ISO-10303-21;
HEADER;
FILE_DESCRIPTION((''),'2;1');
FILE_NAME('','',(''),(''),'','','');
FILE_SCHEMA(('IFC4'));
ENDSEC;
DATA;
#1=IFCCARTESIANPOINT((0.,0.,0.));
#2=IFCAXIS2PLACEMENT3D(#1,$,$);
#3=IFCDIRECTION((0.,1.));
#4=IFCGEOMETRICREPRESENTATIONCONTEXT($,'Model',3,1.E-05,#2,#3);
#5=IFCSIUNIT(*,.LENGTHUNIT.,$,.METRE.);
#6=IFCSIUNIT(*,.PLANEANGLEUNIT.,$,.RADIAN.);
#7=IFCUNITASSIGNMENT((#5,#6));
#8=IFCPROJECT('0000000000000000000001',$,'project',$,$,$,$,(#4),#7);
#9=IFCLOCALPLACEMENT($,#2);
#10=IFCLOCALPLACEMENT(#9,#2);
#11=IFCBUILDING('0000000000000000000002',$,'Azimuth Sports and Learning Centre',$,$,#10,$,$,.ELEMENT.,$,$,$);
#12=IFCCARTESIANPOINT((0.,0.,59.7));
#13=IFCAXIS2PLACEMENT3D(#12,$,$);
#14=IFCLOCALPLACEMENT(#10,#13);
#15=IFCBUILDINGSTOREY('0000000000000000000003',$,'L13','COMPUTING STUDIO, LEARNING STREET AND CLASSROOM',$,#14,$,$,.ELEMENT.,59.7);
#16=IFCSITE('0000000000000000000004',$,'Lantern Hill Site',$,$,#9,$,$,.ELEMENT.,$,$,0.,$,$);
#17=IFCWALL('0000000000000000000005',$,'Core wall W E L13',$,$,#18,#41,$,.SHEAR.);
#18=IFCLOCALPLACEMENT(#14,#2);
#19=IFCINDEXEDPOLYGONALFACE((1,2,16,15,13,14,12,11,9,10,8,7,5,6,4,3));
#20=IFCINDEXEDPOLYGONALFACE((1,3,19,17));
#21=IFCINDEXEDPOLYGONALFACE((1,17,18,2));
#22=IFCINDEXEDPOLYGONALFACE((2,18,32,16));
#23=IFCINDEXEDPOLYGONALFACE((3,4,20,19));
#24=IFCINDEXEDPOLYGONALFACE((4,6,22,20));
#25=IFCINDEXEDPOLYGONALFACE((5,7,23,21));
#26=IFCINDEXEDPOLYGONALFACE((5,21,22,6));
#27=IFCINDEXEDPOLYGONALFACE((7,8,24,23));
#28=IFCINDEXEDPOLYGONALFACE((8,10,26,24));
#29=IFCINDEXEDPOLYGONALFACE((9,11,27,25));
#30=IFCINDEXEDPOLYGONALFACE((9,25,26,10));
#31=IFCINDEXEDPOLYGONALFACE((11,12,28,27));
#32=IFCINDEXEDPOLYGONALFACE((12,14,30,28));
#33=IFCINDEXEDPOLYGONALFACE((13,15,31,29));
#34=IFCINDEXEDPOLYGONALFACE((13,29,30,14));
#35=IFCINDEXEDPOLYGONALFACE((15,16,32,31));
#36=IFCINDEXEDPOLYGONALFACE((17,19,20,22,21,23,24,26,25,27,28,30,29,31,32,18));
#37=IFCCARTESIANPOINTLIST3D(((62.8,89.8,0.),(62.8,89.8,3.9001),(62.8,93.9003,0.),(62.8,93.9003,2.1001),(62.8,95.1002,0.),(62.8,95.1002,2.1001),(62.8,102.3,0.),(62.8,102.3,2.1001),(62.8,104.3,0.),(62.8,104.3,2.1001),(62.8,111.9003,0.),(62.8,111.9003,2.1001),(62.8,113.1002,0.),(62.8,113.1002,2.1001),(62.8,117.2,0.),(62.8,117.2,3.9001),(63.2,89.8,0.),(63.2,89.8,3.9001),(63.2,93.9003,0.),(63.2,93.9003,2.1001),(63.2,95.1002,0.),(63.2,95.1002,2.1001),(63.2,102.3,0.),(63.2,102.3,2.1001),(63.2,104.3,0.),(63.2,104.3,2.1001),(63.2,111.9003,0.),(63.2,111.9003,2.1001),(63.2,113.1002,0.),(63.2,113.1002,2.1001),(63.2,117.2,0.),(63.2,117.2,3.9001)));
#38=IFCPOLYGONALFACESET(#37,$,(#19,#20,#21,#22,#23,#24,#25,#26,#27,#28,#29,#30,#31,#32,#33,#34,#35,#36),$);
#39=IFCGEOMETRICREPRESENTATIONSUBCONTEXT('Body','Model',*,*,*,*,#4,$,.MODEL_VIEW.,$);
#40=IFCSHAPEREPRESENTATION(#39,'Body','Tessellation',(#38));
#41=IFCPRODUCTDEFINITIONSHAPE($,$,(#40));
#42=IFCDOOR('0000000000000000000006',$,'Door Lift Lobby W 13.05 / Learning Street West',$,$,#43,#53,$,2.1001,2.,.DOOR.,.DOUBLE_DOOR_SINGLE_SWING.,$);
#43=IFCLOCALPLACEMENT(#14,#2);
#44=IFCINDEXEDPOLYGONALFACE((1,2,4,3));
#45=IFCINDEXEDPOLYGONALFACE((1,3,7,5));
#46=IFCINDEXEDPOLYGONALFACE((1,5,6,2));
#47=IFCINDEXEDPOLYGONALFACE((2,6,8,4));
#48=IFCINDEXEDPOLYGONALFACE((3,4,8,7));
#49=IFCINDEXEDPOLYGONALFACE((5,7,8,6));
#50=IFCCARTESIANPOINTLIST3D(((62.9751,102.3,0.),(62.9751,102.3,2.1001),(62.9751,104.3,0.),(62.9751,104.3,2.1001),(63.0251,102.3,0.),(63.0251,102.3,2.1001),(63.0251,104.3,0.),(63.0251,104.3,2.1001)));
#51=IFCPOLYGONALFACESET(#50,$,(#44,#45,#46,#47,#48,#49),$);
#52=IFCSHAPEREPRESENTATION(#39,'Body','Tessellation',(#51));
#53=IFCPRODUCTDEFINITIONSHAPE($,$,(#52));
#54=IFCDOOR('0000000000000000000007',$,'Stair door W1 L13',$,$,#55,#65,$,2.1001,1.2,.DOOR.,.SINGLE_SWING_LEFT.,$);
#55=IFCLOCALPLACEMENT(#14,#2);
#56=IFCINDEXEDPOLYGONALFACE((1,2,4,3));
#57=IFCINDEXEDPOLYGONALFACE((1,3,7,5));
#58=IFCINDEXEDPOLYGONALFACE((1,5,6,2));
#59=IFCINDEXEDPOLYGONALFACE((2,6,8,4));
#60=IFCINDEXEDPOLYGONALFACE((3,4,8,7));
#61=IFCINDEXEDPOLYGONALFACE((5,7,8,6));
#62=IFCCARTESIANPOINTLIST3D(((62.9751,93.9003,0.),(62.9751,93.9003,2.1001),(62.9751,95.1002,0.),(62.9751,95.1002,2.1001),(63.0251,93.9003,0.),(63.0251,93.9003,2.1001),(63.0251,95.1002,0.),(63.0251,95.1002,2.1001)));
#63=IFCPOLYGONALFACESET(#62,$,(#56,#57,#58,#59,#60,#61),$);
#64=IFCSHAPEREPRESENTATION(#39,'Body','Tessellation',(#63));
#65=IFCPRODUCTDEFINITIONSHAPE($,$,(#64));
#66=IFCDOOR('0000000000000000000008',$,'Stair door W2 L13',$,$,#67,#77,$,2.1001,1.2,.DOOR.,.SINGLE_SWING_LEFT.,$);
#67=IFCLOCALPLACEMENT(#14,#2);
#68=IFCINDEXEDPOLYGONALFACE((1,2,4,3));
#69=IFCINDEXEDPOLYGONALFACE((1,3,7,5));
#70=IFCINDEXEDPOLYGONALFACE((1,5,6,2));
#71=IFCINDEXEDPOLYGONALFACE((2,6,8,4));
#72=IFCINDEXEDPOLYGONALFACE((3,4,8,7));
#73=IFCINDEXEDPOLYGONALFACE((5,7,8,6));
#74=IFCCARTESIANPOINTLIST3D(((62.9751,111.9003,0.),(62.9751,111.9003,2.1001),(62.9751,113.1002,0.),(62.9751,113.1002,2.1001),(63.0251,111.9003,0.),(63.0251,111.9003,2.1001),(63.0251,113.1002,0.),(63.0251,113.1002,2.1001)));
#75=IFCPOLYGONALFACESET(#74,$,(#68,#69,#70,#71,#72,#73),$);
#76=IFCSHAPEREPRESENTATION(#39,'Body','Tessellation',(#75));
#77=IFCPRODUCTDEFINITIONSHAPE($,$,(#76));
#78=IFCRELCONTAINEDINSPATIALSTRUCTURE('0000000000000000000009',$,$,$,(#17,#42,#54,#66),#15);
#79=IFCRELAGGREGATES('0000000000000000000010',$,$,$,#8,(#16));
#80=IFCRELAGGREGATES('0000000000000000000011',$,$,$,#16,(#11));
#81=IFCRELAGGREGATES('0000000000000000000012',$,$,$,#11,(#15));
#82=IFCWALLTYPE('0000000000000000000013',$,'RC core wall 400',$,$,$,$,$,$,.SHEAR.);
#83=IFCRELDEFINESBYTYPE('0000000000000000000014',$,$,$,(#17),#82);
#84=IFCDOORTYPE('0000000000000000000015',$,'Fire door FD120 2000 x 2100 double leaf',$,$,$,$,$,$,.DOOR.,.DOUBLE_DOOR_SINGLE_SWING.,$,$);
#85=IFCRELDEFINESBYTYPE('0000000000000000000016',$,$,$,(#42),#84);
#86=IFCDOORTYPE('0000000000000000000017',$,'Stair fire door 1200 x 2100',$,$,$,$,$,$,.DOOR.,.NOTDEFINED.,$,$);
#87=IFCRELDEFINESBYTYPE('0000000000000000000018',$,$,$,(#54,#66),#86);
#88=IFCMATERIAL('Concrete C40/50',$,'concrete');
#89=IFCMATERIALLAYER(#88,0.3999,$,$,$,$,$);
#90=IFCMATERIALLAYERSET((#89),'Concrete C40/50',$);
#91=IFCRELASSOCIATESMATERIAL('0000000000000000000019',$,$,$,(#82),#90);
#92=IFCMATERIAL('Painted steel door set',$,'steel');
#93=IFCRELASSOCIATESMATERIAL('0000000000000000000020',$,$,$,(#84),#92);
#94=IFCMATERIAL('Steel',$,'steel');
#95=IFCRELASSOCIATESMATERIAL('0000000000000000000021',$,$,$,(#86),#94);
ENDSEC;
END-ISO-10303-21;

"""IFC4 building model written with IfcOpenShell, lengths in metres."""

from ifc_helpers import new_model, si_unit, direction, frame, frame_2d, origin, place, context, subcontext, project, spatial, rectangle, extrude, material, layer, layer_set, type_object, element, fill, save


model = new_model("IFC4")

# Units and contexts
model_context = context("Model", 3, precision=1e-05, world=origin(), true_north=direction((0.0, 1.0)))
body_context = subcontext(model_context, "Body", "Model", "MODEL_VIEW")
ifc_project = project(units=[si_unit("LENGTHUNIT", "METRE"), si_unit("PLANEANGLEUNIT", "RADIAN")], contexts=[model_context])

# Site, building, storey
site_placement = place(None, origin())
site = spatial("IfcSite", under=ifc_project, at=site_placement, Name="Lantern Hill Site", CompositionType="ELEMENT", RefElevation=0.0)
building_placement = place(site_placement, origin())
building = spatial("IfcBuilding", under=site, at=building_placement, Name="Azimuth Sports and Learning Centre", CompositionType="ELEMENT")
storey_placement = place(building_placement, frame((0.0, 0.0, 59.7)))
storey = spatial("IfcBuildingStorey", under=building, at=storey_placement, Name="L13", Description="COMPUTING STUDIO, LEARNING STREET AND CLASSROOM", CompositionType="ELEMENT", Elevation=59.7)

# Wall, openings, doors
ifc_material_1 = material(Name="Concrete C40/50", Category="concrete")
ifc_layer_1 = layer(ifc_material_1, 0.3999)
ifc_layer_set_1 = layer_set([ifc_layer_1], Name="Concrete C40/50")
wall_type_1 = type_object("IfcWallType", Name="RC core wall 400", PredefinedType="SHEAR", material=ifc_layer_set_1)
wall_1_placement = place(storey_placement, frame((63.0, 89.8, 0.0), z_axis=(0.0, 0.0, 1.0), x_axis=(0.0, 1.0, 0.0)))
wall_1 = element("IfcWall", 1, at=wall_1_placement, inside=storey, type_object=wall_type_1, Name="Core wall W E L13", PredefinedType="SHEAR", context=body_context, shape_type="SweptSolid", body=[
    extrude(rectangle(XDim=27.3999, YDim=0.3999, at=frame_2d((13.7, 0.0))), origin(), (0.0, 0.0, 1.0), 3.9001),
])
opening_1_placement = place(wall_1_placement, frame((4.1001, 0.0, 0.0)))
opening_1 = element("IfcOpeningElement", 2, at=opening_1_placement, cuts=wall_1, PredefinedType="OPENING", context=body_context, shape_type="SweptSolid", body=[
    extrude(rectangle(XDim=1.2, YDim=2.1001, at=frame_2d((0.6001, 1.05))), frame((0.0, 0.2109, 0.0), z_axis=(0.0, -1.0, 0.0), x_axis=(1.0, 0.0, 0.0)), (0.0, 0.0, 1.0), 0.4219),
])
opening_2_placement = place(wall_1_placement, frame((22.1001, 0.0, 0.0)))
opening_2 = element("IfcOpeningElement", 3, at=opening_2_placement, cuts=wall_1, PredefinedType="OPENING", context=body_context, shape_type="SweptSolid", body=[
    extrude(rectangle(XDim=1.2, YDim=2.1001, at=frame_2d((0.6001, 1.05))), frame((0.0, 0.2109, 0.0), z_axis=(0.0, -1.0, 0.0), x_axis=(1.0, 0.0, 0.0)), (0.0, 0.0, 1.0), 0.4219),
])
opening_3_placement = place(wall_1_placement, frame((12.5, 0.0, 0.0)))
opening_3 = element("IfcOpeningElement", 4, at=opening_3_placement, cuts=wall_1, PredefinedType="OPENING", context=body_context, shape_type="SweptSolid", body=[
    extrude(rectangle(XDim=2.0, YDim=2.1001, at=frame_2d((1.0, 1.05))), frame((0.0, 0.2109, 0.0), z_axis=(0.0, -1.0, 0.0), x_axis=(1.0, 0.0, 0.0)), (0.0, 0.0, 1.0), 0.4219),
])
ifc_material_2 = material(Name="Painted steel door set", Category="steel")
door_type_1 = type_object("IfcDoorType", Name="Fire door FD120 2000 x 2100 double leaf", OperationType="DOUBLE_DOOR_SINGLE_SWING", PredefinedType="DOOR", material=ifc_material_2)
door_1_placement = place(opening_3_placement, origin())
door_1 = element("IfcDoor", 5, at=door_1_placement, inside=storey, type_object=door_type_1, Name="Door Lift Lobby W 13.05 / Learning Street West", OperationType="DOUBLE_DOOR_SINGLE_SWING", OverallHeight=2.1001, OverallWidth=2.0, PredefinedType="DOOR", context=body_context, shape_type="SweptSolid", body=[
    extrude(rectangle(XDim=2.0, YDim=2.1001, at=frame_2d((1.0, 1.05))), frame((0.0, 0.0249, 0.0), z_axis=(0.0, -1.0, 0.0), x_axis=(1.0, 0.0, 0.0)), (0.0, 0.0, 1.0), 0.05),
])
fill(opening_3, door_1)
ifc_material_3 = material(Name="Steel", Category="steel")
door_type_2 = type_object("IfcDoorType", Name="Stair fire door 1200 x 2100", OperationType="NOTDEFINED", PredefinedType="DOOR", material=ifc_material_3)
door_2_placement = place(opening_1_placement, origin())
door_2 = element("IfcDoor", 6, at=door_2_placement, inside=storey, type_object=door_type_2, Name="Stair door W1 L13", OperationType="SINGLE_SWING_LEFT", OverallHeight=2.1001, OverallWidth=1.2, PredefinedType="DOOR", context=body_context, shape_type="SweptSolid", body=[
    extrude(rectangle(XDim=1.2, YDim=2.1001, at=frame_2d((0.6001, 1.05))), frame((0.0, 0.0249, 0.0), z_axis=(0.0, -1.0, 0.0), x_axis=(1.0, 0.0, 0.0)), (0.0, 0.0, 1.0), 0.05),
])
fill(opening_1, door_2)
door_3_placement = place(opening_2_placement, origin())
door_3 = element("IfcDoor", 7, at=door_3_placement, inside=storey, type_object=door_type_2, Name="Stair door W2 L13", OperationType="SINGLE_SWING_LEFT", OverallHeight=2.1001, OverallWidth=1.2, PredefinedType="DOOR", context=body_context, shape_type="SweptSolid", body=[
    extrude(rectangle(XDim=1.2, YDim=2.1001, at=frame_2d((0.6001, 1.05))), frame((0.0, 0.0249, 0.0), z_axis=(0.0, -1.0, 0.0), x_axis=(1.0, 0.0, 0.0)), (0.0, 0.0, 1.0), 0.05),
])
fill(opening_2, door_3)

save(model, "model.ifc")
